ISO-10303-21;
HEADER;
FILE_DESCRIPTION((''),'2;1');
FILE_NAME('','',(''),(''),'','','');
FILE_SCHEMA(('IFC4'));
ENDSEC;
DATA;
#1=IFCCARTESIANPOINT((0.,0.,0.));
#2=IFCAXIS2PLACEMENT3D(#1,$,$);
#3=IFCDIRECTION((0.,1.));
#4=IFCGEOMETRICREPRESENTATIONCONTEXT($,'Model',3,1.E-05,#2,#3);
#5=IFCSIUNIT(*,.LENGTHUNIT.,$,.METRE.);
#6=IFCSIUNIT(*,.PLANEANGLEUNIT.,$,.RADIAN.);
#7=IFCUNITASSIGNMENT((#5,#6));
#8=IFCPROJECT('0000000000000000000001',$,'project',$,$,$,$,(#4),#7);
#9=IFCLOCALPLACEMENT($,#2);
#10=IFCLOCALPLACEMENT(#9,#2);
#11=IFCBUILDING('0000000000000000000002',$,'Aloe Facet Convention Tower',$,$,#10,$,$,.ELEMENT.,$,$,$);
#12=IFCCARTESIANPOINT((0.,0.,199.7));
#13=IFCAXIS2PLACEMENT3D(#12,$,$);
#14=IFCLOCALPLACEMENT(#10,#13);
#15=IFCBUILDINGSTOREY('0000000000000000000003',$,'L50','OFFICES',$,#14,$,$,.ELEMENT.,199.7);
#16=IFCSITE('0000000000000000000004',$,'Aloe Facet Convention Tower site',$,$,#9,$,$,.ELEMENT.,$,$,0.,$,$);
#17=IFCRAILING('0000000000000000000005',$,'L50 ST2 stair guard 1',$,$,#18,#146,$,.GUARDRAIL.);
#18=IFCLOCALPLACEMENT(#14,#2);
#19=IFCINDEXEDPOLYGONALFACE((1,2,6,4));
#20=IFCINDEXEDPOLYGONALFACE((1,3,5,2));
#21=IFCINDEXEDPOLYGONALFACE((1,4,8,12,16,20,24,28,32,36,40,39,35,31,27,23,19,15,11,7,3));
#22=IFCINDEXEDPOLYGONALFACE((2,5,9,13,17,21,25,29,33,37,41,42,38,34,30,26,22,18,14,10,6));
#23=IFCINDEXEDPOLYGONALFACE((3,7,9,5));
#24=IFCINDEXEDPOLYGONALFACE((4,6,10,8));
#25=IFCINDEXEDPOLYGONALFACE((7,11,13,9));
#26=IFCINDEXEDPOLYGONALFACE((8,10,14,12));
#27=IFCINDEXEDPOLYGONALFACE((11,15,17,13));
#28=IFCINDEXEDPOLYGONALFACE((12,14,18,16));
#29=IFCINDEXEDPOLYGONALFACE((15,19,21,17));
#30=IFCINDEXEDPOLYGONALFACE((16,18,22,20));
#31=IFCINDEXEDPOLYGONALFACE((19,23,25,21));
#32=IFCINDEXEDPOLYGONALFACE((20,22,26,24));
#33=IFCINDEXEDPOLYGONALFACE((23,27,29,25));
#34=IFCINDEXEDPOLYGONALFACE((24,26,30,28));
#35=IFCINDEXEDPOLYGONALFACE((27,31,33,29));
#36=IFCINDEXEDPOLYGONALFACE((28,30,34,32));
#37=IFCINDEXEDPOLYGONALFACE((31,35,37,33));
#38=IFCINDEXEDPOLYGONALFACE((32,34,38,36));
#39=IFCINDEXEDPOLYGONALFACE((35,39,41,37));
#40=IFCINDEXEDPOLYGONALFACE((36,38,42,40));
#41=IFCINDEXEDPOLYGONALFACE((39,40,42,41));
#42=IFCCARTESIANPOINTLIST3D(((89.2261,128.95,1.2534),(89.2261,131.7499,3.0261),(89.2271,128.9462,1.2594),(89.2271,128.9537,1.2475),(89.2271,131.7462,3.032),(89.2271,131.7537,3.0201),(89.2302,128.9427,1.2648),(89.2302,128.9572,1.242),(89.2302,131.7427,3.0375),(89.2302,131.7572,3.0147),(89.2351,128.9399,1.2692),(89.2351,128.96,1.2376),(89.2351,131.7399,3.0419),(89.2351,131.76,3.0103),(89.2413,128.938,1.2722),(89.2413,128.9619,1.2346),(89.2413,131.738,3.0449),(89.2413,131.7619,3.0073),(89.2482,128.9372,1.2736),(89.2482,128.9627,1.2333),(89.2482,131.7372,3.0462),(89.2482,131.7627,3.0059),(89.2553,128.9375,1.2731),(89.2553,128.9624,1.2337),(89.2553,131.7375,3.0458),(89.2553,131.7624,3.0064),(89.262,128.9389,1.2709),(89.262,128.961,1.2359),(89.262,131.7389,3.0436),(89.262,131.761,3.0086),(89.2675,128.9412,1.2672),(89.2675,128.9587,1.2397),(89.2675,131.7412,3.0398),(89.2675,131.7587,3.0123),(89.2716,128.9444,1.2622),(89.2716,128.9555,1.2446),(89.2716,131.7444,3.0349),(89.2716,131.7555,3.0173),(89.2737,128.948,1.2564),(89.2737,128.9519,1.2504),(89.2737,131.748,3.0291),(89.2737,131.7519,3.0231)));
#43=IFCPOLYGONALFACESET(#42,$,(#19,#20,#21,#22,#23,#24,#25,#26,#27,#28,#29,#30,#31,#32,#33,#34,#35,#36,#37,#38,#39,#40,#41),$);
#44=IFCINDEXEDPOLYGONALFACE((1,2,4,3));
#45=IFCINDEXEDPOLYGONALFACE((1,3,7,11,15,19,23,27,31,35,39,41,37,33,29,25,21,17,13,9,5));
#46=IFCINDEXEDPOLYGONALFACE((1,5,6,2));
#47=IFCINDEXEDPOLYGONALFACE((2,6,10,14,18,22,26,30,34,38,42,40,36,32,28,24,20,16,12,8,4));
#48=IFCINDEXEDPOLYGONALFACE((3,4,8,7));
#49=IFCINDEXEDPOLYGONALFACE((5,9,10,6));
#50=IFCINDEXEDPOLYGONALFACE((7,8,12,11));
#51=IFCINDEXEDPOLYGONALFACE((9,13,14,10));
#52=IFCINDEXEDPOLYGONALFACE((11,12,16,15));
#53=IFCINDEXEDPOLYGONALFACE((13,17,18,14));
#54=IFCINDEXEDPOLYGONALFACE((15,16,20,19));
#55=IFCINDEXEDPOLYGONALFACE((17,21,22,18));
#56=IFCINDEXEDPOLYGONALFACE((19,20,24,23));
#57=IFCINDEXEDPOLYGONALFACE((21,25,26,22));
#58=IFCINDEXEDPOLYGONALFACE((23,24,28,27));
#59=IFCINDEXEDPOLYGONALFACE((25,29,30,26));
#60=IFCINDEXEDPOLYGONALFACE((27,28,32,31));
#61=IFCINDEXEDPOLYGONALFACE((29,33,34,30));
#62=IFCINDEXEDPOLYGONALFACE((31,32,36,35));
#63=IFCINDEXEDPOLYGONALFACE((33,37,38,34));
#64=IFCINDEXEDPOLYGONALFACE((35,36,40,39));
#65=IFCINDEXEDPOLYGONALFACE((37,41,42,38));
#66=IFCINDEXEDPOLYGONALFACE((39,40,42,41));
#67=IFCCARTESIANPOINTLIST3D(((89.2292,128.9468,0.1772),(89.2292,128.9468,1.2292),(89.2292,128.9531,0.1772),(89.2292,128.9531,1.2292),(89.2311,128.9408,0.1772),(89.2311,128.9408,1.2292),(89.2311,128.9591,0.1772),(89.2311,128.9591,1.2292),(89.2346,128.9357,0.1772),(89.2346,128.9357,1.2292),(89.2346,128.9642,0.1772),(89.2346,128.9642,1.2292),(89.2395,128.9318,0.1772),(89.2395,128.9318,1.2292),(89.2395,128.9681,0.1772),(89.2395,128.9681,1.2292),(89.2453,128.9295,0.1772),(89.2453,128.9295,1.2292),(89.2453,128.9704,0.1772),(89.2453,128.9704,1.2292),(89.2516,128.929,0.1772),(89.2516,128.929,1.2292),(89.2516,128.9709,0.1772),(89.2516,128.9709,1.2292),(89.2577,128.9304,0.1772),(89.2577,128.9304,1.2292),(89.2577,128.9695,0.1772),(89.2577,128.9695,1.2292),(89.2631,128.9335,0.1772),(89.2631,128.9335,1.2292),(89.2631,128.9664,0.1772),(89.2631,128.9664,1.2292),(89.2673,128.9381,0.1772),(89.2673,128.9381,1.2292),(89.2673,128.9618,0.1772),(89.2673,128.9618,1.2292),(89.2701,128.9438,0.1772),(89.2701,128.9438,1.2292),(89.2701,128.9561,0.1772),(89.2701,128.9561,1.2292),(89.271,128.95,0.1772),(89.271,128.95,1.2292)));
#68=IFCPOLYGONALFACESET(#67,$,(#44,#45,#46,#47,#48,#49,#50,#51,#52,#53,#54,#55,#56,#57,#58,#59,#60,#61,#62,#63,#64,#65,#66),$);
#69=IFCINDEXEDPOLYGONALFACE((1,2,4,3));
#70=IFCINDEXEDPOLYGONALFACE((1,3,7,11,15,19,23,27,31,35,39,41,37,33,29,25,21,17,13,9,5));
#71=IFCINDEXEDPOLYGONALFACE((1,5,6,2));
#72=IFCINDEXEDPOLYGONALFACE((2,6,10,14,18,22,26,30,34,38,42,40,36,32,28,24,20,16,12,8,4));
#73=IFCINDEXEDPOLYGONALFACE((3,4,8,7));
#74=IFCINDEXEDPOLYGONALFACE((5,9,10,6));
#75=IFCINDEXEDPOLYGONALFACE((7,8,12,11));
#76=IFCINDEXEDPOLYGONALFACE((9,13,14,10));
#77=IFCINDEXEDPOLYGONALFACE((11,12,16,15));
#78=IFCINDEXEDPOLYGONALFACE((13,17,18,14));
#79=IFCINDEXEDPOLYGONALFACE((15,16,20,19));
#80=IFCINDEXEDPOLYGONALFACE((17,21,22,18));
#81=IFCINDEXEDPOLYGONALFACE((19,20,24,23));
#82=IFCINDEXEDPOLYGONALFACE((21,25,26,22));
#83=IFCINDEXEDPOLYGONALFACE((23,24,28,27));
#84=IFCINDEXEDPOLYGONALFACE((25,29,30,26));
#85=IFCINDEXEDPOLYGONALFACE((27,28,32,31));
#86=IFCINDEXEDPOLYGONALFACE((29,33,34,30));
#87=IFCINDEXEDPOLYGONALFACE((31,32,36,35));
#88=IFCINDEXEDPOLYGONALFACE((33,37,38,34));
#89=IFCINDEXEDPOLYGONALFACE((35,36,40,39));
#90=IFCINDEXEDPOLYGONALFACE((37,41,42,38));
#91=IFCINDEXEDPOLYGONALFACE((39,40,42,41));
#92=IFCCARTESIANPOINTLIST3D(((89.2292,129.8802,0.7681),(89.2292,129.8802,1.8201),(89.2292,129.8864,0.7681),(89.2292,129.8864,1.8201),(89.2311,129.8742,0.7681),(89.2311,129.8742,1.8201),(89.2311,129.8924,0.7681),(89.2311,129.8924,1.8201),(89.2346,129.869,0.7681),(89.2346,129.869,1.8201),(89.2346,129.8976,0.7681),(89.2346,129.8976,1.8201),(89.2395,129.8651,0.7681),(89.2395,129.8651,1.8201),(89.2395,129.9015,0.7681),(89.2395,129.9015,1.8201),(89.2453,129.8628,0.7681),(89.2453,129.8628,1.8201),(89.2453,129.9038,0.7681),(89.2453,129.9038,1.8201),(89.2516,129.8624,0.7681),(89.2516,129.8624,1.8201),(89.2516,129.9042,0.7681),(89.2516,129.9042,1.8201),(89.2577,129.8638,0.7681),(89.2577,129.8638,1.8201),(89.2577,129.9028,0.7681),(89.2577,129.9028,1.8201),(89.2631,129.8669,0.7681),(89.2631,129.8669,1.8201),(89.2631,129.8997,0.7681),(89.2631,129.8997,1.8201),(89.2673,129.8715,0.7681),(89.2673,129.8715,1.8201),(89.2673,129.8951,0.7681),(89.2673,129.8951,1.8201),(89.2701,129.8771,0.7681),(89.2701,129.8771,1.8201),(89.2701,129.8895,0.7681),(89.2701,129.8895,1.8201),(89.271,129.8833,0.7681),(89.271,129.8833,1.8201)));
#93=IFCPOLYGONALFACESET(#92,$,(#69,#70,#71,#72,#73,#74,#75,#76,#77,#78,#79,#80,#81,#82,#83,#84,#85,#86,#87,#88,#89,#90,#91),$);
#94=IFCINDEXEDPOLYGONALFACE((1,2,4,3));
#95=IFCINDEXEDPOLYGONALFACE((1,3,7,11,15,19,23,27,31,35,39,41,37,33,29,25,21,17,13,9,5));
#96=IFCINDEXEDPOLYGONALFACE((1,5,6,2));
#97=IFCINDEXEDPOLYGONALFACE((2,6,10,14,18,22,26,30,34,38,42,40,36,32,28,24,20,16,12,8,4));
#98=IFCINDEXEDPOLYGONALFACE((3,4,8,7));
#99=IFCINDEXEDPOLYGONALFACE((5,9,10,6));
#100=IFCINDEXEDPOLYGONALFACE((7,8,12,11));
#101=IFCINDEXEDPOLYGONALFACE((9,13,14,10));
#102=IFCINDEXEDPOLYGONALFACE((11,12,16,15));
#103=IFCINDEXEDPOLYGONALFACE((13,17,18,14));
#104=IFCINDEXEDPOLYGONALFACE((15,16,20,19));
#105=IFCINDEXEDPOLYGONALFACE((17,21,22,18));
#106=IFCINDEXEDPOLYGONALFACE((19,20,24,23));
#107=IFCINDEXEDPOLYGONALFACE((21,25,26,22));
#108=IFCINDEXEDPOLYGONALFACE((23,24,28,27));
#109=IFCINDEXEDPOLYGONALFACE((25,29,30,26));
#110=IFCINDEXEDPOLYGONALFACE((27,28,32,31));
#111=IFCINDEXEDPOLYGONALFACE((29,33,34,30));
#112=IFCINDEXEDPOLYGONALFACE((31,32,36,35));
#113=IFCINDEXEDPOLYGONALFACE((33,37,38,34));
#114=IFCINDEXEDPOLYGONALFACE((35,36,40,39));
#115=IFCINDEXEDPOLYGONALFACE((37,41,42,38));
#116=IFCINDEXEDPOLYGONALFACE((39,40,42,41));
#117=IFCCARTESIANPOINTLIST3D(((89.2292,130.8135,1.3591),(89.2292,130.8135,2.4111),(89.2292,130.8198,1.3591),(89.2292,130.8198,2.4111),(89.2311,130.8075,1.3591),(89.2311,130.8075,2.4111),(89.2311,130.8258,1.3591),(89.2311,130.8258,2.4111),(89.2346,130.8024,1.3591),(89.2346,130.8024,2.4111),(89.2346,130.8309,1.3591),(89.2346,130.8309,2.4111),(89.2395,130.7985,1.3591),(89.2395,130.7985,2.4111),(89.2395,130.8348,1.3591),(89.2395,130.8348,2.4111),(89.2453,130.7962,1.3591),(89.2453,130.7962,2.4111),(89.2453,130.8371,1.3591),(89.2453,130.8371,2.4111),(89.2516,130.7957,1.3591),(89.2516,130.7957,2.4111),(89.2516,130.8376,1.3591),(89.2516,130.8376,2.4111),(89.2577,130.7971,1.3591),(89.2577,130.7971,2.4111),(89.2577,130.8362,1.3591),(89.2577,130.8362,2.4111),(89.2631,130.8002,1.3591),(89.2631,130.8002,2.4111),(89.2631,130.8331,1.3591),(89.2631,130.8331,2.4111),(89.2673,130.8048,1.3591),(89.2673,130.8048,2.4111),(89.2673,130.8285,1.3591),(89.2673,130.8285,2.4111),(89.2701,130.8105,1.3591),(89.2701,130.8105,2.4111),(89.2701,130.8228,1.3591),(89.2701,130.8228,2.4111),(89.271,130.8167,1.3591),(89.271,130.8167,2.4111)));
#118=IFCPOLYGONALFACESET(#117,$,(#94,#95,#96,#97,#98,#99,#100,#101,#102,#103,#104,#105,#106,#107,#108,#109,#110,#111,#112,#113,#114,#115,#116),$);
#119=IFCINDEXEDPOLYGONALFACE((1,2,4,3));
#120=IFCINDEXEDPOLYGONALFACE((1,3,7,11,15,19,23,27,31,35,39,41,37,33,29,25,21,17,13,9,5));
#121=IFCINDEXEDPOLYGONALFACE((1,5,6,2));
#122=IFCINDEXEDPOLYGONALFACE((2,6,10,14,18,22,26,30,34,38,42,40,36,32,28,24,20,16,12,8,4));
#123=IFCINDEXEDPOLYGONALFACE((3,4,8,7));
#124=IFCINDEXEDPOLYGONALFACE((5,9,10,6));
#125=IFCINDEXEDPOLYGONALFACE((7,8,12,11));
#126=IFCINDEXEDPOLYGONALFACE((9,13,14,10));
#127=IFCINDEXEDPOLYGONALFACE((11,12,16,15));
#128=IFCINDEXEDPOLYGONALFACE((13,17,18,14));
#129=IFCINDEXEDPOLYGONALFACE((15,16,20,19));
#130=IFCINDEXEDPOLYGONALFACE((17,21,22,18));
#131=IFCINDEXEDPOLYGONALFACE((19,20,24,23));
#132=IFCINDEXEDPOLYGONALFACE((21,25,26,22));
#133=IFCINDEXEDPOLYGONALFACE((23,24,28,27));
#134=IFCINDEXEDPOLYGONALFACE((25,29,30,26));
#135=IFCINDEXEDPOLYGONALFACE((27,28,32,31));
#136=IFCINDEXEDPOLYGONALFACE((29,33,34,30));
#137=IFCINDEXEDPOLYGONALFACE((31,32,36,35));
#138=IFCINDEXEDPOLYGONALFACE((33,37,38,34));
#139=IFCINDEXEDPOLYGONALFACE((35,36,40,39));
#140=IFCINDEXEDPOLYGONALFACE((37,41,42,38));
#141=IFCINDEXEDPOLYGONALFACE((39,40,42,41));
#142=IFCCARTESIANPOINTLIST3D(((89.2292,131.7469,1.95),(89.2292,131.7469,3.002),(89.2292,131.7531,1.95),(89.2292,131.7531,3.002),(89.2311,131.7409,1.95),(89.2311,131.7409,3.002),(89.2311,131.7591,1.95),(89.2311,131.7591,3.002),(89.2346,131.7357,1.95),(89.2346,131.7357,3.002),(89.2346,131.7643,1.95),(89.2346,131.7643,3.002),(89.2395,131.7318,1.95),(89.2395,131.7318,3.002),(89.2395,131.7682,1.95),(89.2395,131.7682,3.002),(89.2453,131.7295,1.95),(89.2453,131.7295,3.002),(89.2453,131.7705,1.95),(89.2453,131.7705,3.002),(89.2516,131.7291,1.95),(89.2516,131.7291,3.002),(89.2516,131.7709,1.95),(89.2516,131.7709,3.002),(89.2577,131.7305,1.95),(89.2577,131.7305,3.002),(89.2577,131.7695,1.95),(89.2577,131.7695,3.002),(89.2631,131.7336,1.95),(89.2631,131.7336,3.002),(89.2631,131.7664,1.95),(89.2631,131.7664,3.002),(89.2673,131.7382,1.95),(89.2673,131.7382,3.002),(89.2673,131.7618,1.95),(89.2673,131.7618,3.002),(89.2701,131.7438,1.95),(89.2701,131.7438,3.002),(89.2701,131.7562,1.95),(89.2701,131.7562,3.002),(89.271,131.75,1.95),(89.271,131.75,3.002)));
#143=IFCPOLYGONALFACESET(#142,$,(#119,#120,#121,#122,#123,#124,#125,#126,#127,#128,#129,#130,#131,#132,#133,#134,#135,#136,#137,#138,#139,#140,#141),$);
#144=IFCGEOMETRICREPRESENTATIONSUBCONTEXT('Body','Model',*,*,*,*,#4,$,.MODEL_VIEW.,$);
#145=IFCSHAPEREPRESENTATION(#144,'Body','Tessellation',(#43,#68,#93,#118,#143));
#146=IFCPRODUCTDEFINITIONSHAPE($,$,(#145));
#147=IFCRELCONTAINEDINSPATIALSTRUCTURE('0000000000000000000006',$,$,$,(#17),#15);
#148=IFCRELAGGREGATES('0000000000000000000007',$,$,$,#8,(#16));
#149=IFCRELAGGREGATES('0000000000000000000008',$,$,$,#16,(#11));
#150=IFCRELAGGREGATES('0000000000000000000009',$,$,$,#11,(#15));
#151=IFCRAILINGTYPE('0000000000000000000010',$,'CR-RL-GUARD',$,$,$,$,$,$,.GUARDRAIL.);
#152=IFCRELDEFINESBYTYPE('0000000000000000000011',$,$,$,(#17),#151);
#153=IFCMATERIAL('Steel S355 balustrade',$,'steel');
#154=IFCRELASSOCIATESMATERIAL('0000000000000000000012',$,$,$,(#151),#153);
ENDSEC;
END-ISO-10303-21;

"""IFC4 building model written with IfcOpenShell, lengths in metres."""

from ifc_helpers import new_model, si_unit, direction, frame, origin, origin_2d, place, context, subcontext, project, spatial, circle, extrude, material, type_object, element, save


model = new_model("IFC4")

# Units and contexts
model_context = context("Model", 3, precision=1e-05, world=origin(), true_north=direction((0.0, 1.0)))
body_context = subcontext(model_context, "Body", "Model", "MODEL_VIEW")
ifc_project = project(units=[si_unit("LENGTHUNIT", "METRE"), si_unit("PLANEANGLEUNIT", "RADIAN")], contexts=[model_context])

# Site, building, storey
site_placement = place(None, origin())
site = spatial("IfcSite", under=ifc_project, at=site_placement, Name="Aloe Facet Convention Tower site", CompositionType="ELEMENT", RefElevation=0.0)
building_placement = place(site_placement, origin())
building = spatial("IfcBuilding", under=site, at=building_placement, Name="Aloe Facet Convention Tower", CompositionType="ELEMENT")
storey_placement = place(building_placement, frame((0.0, 0.0, 199.7)))
storey = spatial("IfcBuildingStorey", under=building, at=storey_placement, Name="L50", Description="OFFICES", CompositionType="ELEMENT", Elevation=199.7)

# Railing
ifc_material_1 = material(Name="Steel S355 balustrade", Category="steel")
railing_type_1 = type_object("IfcRailingType", Name="CR-RL-GUARD", PredefinedType="GUARDRAIL", material=ifc_material_1)
railing_1_placement = place(storey_placement, frame((89.25, 128.95, 0.1772)))
element("IfcRailing", 1, at=railing_1_placement, inside=storey, type_object=railing_type_1, Name="L50 ST2 stair guard 1", PredefinedType="GUARDRAIL", context=body_context, shape_type="SweptSolid", body=[
    extrude(circle(Radius=0.0239, at=origin_2d()), frame((0.0, 0.0, 1.0762), z_axis=(0.0, 0.844909, 0.53491), x_axis=(-1.0, 0.0, 0.0)), (0.0, 0.0, 1.0), 3.314),
    extrude(circle(Radius=0.021, at=origin_2d()), origin(), (0.0, 0.0, 1.0), 1.052),
    extrude(circle(Radius=0.021, at=origin_2d()), frame((0.0, 0.9333, 0.5908)), (0.0, 0.0, 1.0), 1.052),
    extrude(circle(Radius=0.021, at=origin_2d()), frame((0.0, 1.8667, 1.1819)), (0.0, 0.0, 1.0), 1.052),
    extrude(circle(Radius=0.021, at=origin_2d()), frame((0.0, 2.8, 1.7727)), (0.0, 0.0, 1.0), 1.052),
])

save(model, "model.ifc")
